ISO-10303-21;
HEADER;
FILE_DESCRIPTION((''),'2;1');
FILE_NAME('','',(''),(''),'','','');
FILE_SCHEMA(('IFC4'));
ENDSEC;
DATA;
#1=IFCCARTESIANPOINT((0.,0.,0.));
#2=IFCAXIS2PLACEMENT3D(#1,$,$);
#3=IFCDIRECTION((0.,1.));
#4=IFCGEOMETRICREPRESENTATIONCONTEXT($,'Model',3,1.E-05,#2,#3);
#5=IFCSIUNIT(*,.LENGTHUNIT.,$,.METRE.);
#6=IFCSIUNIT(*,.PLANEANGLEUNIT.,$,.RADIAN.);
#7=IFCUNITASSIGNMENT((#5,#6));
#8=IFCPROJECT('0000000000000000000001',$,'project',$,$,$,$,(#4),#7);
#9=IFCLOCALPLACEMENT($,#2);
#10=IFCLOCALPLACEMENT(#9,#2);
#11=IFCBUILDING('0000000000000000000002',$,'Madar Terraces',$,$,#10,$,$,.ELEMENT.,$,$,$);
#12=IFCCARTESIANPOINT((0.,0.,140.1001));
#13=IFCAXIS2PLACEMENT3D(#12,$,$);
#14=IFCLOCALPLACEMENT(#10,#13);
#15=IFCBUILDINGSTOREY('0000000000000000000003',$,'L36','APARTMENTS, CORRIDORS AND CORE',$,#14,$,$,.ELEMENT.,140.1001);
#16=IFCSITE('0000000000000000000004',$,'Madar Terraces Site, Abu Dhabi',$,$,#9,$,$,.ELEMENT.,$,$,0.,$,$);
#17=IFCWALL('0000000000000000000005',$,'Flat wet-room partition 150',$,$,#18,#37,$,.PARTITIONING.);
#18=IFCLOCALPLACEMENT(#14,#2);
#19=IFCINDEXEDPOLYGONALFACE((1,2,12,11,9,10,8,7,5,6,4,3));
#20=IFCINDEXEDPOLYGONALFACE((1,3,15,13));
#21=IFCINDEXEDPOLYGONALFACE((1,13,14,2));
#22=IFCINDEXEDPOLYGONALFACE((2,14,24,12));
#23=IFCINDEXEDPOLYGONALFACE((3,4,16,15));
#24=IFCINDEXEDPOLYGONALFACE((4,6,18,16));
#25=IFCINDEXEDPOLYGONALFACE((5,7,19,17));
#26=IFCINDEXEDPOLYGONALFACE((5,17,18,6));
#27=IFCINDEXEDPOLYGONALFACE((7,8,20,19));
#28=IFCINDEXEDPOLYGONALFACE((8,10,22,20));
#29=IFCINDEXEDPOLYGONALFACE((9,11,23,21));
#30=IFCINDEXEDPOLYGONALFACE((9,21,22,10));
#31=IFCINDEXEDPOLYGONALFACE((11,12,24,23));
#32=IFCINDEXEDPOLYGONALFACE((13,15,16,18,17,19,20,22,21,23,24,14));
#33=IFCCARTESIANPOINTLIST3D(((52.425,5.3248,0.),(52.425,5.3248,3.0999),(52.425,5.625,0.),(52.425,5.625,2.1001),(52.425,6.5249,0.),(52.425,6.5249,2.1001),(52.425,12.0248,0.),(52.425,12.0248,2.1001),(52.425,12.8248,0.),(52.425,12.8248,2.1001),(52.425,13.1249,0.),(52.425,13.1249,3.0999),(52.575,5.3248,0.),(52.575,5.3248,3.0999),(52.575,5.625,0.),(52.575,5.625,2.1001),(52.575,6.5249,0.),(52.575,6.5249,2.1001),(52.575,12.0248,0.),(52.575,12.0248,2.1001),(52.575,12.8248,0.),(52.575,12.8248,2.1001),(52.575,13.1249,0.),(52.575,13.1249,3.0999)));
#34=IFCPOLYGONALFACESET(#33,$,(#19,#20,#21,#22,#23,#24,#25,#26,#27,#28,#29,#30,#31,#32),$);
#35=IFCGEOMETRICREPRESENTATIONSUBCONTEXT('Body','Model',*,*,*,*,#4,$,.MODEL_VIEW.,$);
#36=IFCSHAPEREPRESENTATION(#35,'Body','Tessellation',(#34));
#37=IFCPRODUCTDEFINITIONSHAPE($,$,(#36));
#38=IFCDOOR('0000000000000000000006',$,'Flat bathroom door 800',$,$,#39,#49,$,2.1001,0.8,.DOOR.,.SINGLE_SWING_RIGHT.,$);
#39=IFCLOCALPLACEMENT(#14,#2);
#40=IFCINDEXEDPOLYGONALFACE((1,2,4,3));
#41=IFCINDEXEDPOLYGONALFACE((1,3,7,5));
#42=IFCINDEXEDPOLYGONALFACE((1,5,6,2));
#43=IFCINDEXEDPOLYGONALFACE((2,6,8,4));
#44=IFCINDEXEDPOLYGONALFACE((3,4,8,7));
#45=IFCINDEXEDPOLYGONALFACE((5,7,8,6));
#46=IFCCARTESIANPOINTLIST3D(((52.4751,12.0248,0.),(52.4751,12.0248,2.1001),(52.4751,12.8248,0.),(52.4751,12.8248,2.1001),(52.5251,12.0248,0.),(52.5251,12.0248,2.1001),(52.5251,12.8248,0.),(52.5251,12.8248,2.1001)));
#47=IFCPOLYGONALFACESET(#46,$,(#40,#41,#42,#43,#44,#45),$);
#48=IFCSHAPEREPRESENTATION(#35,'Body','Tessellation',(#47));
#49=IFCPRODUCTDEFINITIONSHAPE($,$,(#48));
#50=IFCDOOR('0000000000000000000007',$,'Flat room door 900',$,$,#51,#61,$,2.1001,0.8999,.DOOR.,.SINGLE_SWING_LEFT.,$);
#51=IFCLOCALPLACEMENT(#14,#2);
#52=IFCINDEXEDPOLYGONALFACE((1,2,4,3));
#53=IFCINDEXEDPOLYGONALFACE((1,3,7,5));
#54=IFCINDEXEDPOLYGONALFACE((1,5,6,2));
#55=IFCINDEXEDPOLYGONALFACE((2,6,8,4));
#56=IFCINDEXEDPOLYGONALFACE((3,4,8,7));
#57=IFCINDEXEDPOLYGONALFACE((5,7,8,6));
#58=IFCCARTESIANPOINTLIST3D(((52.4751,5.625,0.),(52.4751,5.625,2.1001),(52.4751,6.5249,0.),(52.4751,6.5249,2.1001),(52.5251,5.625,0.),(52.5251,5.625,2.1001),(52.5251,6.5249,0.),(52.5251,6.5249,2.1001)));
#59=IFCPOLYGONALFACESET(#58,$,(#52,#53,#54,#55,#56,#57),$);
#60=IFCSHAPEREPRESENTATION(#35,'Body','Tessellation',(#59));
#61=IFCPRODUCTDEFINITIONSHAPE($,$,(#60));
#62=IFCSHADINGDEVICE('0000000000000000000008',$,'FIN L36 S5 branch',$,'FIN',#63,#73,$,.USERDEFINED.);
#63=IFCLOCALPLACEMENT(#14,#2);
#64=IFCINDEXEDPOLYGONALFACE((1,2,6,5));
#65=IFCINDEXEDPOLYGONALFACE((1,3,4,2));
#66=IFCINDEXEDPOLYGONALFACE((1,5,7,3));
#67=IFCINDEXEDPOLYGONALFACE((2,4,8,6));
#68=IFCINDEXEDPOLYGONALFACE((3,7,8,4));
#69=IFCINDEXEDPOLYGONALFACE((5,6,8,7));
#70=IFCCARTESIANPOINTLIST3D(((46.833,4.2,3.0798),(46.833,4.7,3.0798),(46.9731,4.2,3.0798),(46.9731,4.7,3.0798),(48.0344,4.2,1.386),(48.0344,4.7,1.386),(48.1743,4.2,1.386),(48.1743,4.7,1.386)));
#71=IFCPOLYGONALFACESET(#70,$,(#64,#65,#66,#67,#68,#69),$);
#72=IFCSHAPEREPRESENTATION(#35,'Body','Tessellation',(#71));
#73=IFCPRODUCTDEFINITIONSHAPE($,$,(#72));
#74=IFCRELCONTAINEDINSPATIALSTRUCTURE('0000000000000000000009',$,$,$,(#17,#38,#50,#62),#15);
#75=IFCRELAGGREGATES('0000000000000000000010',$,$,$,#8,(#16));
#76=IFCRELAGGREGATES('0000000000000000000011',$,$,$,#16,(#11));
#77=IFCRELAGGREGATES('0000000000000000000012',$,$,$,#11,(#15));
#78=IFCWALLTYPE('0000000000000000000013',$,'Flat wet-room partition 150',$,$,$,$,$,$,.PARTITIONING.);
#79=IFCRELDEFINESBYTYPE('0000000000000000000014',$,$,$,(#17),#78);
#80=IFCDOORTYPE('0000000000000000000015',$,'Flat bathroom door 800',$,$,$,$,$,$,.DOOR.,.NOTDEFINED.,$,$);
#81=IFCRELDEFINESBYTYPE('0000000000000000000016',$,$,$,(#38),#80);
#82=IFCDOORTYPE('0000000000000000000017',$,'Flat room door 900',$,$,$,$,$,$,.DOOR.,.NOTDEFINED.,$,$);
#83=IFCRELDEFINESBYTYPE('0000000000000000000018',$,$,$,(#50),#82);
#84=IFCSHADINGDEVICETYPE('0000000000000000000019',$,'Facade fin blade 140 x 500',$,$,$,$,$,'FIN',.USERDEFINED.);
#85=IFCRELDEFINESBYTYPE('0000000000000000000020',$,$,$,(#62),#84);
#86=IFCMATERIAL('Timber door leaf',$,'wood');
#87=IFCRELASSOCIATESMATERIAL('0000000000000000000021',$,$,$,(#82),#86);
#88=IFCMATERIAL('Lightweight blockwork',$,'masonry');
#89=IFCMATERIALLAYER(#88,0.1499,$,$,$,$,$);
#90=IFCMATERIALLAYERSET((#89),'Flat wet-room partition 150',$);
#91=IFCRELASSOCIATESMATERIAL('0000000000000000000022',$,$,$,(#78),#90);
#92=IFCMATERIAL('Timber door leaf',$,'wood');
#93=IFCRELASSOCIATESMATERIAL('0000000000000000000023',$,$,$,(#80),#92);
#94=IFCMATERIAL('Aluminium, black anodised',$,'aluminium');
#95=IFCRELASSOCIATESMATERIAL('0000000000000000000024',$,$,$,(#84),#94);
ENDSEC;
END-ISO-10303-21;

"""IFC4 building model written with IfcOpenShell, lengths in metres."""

from ifc_helpers import new_model, si_unit, direction, frame, frame_2d, origin, place, context, subcontext, project, spatial, polyline, rectangle, outline, extrude, material, layer, layer_set, type_object, element, fill, save


model = new_model("IFC4")

# Units and contexts
model_context = context("Model", 3, precision=1e-05, world=origin(), true_north=direction((0.0, 1.0)))
body_context = subcontext(model_context, "Body", "Model", "MODEL_VIEW")
ifc_project = project(units=[si_unit("LENGTHUNIT", "METRE"), si_unit("PLANEANGLEUNIT", "RADIAN")], contexts=[model_context])

# Site, building, storey
site_placement = place(None, origin())
site = spatial("IfcSite", under=ifc_project, at=site_placement, Name="Madar Terraces Site, Abu Dhabi", CompositionType="ELEMENT", RefElevation=0.0)
building_placement = place(site_placement, origin())
building = spatial("IfcBuilding", under=site, at=building_placement, Name="Madar Terraces", CompositionType="ELEMENT")
storey_placement = place(building_placement, frame((0.0, 0.0, 140.1001)))
storey = spatial("IfcBuildingStorey", under=building, at=storey_placement, Name="L36", Description="APARTMENTS, CORRIDORS AND CORE", CompositionType="ELEMENT", Elevation=140.1001)

# Shared definitions
ifc_material_1 = material(Name="Timber door leaf", Category="wood")
door_type_1 = type_object("IfcDoorType", Name="Flat room door 900", OperationType="NOTDEFINED", PredefinedType="DOOR", material=ifc_material_1)

# Shared definitions
ifc_material_2 = material(Name="Lightweight blockwork", Category="masonry")
ifc_layer_1 = layer(ifc_material_2, 0.1499)
ifc_layer_set_1 = layer_set([ifc_layer_1], Name="Flat wet-room partition 150")
wall_type_1 = type_object("IfcWallType", Name="Flat wet-room partition 150", PredefinedType="PARTITIONING", material=ifc_layer_set_1)

# Wall, openings, doors
wall_1_placement = place(storey_placement, frame((52.5, 5.325, 0.0), z_axis=(0.0, 0.0, 1.0), x_axis=(0.0, 1.0, 0.0)))
wall_1 = element("IfcWall", 1, at=wall_1_placement, inside=storey, type_object=wall_type_1, Name="Flat wet-room partition 150", PredefinedType="PARTITIONING", context=body_context, shape_type="SweptSolid", body=[
    extrude(rectangle(XDim=7.8, YDim=0.1499, at=frame_2d((3.8999, 0.0))), origin(), (0.0, 0.0, 1.0), 3.0999),
])
opening_1_placement = place(wall_1_placement, frame((6.7, 0.0, 0.0)))
opening_1 = element("IfcOpeningElement", 2, at=opening_1_placement, cuts=wall_1, PredefinedType="OPENING", context=body_context, shape_type="SweptSolid", body=[
    extrude(rectangle(XDim=0.8, YDim=2.1001, at=frame_2d((0.3999, 1.05))), frame((0.0, 0.085, 0.0), z_axis=(0.0, -1.0, 0.0), x_axis=(1.0, 0.0, 0.0)), (0.0, 0.0, 1.0), 0.1699),
])
opening_2_placement = place(wall_1_placement, frame((0.3, 0.0, 0.0)))
opening_2 = element("IfcOpeningElement", 3, at=opening_2_placement, cuts=wall_1, PredefinedType="OPENING", context=body_context, shape_type="SweptSolid", body=[
    extrude(rectangle(XDim=0.8999, YDim=2.1001, at=frame_2d((0.45, 1.05))), frame((0.0, 0.085, 0.0), z_axis=(0.0, -1.0, 0.0), x_axis=(1.0, 0.0, 0.0)), (0.0, 0.0, 1.0), 0.1699),
])
ifc_material_3 = material(Name="Timber door leaf", Category="wood")
door_type_2 = type_object("IfcDoorType", Name="Flat bathroom door 800", OperationType="NOTDEFINED", PredefinedType="DOOR", material=ifc_material_3)
door_1_placement = place(opening_1_placement, origin())
door_1 = element("IfcDoor", 4, at=door_1_placement, inside=storey, type_object=door_type_2, Name="Flat bathroom door 800", OperationType="SINGLE_SWING_RIGHT", OverallHeight=2.1001, OverallWidth=0.8, PredefinedType="DOOR", context=body_context, shape_type="SweptSolid", body=[
    extrude(rectangle(XDim=0.8, YDim=2.1001, at=frame_2d((0.3999, 1.05))), frame((0.0, 0.0249, 0.0), z_axis=(0.0, -1.0, 0.0), x_axis=(1.0, 0.0, 0.0)), (0.0, 0.0, 1.0), 0.05),
])
fill(opening_1, door_1)
door_2_placement = place(opening_2_placement, origin())
door_2 = element("IfcDoor", 5, at=door_2_placement, inside=storey, type_object=door_type_1, Name="Flat room door 900", OperationType="SINGLE_SWING_LEFT", OverallHeight=2.1001, OverallWidth=0.8999, PredefinedType="DOOR", context=body_context, shape_type="SweptSolid", body=[
    extrude(rectangle(XDim=0.8999, YDim=2.1001, at=frame_2d((0.45, 1.05))), frame((0.0, 0.0249, 0.0), z_axis=(0.0, -1.0, 0.0), x_axis=(1.0, 0.0, 0.0)), (0.0, 0.0, 1.0), 0.05),
])
fill(opening_2, door_2)

# Shading device
ifc_material_4 = material(Name="Aluminium, black anodised", Category="aluminium")
shading_device_type = type_object("IfcShadingDeviceType", Name="Facade fin blade 140 x 500", ElementType="FIN", PredefinedType="USERDEFINED", material=ifc_material_4)
shading_device_placement = place(storey_placement, frame((48.0344, 4.45, 1.386), z_axis=(0.0, 0.0, 1.0), x_axis=(1.0, 0.0, 0.0)))
element("IfcShadingDevice", 6, at=shading_device_placement, inside=storey, type_object=shading_device_type, Name="FIN L36 S5 branch", ObjectType="FIN", PredefinedType="USERDEFINED", context=body_context, shape_type="SweptSolid", body=[
    extrude(outline(polyline([(0.0, 0.0), (0.1399, 0.0), (-1.0613, 1.6938), (-1.2014, 1.6938), (0.0, 0.0)])), frame((0.0, 0.25, 0.0), z_axis=(0.0, -1.0, 0.0), x_axis=(1.0, 0.0, 0.0)), (0.0, 0.0, 1.0), 0.5),
])

save(model, "model.ifc")
